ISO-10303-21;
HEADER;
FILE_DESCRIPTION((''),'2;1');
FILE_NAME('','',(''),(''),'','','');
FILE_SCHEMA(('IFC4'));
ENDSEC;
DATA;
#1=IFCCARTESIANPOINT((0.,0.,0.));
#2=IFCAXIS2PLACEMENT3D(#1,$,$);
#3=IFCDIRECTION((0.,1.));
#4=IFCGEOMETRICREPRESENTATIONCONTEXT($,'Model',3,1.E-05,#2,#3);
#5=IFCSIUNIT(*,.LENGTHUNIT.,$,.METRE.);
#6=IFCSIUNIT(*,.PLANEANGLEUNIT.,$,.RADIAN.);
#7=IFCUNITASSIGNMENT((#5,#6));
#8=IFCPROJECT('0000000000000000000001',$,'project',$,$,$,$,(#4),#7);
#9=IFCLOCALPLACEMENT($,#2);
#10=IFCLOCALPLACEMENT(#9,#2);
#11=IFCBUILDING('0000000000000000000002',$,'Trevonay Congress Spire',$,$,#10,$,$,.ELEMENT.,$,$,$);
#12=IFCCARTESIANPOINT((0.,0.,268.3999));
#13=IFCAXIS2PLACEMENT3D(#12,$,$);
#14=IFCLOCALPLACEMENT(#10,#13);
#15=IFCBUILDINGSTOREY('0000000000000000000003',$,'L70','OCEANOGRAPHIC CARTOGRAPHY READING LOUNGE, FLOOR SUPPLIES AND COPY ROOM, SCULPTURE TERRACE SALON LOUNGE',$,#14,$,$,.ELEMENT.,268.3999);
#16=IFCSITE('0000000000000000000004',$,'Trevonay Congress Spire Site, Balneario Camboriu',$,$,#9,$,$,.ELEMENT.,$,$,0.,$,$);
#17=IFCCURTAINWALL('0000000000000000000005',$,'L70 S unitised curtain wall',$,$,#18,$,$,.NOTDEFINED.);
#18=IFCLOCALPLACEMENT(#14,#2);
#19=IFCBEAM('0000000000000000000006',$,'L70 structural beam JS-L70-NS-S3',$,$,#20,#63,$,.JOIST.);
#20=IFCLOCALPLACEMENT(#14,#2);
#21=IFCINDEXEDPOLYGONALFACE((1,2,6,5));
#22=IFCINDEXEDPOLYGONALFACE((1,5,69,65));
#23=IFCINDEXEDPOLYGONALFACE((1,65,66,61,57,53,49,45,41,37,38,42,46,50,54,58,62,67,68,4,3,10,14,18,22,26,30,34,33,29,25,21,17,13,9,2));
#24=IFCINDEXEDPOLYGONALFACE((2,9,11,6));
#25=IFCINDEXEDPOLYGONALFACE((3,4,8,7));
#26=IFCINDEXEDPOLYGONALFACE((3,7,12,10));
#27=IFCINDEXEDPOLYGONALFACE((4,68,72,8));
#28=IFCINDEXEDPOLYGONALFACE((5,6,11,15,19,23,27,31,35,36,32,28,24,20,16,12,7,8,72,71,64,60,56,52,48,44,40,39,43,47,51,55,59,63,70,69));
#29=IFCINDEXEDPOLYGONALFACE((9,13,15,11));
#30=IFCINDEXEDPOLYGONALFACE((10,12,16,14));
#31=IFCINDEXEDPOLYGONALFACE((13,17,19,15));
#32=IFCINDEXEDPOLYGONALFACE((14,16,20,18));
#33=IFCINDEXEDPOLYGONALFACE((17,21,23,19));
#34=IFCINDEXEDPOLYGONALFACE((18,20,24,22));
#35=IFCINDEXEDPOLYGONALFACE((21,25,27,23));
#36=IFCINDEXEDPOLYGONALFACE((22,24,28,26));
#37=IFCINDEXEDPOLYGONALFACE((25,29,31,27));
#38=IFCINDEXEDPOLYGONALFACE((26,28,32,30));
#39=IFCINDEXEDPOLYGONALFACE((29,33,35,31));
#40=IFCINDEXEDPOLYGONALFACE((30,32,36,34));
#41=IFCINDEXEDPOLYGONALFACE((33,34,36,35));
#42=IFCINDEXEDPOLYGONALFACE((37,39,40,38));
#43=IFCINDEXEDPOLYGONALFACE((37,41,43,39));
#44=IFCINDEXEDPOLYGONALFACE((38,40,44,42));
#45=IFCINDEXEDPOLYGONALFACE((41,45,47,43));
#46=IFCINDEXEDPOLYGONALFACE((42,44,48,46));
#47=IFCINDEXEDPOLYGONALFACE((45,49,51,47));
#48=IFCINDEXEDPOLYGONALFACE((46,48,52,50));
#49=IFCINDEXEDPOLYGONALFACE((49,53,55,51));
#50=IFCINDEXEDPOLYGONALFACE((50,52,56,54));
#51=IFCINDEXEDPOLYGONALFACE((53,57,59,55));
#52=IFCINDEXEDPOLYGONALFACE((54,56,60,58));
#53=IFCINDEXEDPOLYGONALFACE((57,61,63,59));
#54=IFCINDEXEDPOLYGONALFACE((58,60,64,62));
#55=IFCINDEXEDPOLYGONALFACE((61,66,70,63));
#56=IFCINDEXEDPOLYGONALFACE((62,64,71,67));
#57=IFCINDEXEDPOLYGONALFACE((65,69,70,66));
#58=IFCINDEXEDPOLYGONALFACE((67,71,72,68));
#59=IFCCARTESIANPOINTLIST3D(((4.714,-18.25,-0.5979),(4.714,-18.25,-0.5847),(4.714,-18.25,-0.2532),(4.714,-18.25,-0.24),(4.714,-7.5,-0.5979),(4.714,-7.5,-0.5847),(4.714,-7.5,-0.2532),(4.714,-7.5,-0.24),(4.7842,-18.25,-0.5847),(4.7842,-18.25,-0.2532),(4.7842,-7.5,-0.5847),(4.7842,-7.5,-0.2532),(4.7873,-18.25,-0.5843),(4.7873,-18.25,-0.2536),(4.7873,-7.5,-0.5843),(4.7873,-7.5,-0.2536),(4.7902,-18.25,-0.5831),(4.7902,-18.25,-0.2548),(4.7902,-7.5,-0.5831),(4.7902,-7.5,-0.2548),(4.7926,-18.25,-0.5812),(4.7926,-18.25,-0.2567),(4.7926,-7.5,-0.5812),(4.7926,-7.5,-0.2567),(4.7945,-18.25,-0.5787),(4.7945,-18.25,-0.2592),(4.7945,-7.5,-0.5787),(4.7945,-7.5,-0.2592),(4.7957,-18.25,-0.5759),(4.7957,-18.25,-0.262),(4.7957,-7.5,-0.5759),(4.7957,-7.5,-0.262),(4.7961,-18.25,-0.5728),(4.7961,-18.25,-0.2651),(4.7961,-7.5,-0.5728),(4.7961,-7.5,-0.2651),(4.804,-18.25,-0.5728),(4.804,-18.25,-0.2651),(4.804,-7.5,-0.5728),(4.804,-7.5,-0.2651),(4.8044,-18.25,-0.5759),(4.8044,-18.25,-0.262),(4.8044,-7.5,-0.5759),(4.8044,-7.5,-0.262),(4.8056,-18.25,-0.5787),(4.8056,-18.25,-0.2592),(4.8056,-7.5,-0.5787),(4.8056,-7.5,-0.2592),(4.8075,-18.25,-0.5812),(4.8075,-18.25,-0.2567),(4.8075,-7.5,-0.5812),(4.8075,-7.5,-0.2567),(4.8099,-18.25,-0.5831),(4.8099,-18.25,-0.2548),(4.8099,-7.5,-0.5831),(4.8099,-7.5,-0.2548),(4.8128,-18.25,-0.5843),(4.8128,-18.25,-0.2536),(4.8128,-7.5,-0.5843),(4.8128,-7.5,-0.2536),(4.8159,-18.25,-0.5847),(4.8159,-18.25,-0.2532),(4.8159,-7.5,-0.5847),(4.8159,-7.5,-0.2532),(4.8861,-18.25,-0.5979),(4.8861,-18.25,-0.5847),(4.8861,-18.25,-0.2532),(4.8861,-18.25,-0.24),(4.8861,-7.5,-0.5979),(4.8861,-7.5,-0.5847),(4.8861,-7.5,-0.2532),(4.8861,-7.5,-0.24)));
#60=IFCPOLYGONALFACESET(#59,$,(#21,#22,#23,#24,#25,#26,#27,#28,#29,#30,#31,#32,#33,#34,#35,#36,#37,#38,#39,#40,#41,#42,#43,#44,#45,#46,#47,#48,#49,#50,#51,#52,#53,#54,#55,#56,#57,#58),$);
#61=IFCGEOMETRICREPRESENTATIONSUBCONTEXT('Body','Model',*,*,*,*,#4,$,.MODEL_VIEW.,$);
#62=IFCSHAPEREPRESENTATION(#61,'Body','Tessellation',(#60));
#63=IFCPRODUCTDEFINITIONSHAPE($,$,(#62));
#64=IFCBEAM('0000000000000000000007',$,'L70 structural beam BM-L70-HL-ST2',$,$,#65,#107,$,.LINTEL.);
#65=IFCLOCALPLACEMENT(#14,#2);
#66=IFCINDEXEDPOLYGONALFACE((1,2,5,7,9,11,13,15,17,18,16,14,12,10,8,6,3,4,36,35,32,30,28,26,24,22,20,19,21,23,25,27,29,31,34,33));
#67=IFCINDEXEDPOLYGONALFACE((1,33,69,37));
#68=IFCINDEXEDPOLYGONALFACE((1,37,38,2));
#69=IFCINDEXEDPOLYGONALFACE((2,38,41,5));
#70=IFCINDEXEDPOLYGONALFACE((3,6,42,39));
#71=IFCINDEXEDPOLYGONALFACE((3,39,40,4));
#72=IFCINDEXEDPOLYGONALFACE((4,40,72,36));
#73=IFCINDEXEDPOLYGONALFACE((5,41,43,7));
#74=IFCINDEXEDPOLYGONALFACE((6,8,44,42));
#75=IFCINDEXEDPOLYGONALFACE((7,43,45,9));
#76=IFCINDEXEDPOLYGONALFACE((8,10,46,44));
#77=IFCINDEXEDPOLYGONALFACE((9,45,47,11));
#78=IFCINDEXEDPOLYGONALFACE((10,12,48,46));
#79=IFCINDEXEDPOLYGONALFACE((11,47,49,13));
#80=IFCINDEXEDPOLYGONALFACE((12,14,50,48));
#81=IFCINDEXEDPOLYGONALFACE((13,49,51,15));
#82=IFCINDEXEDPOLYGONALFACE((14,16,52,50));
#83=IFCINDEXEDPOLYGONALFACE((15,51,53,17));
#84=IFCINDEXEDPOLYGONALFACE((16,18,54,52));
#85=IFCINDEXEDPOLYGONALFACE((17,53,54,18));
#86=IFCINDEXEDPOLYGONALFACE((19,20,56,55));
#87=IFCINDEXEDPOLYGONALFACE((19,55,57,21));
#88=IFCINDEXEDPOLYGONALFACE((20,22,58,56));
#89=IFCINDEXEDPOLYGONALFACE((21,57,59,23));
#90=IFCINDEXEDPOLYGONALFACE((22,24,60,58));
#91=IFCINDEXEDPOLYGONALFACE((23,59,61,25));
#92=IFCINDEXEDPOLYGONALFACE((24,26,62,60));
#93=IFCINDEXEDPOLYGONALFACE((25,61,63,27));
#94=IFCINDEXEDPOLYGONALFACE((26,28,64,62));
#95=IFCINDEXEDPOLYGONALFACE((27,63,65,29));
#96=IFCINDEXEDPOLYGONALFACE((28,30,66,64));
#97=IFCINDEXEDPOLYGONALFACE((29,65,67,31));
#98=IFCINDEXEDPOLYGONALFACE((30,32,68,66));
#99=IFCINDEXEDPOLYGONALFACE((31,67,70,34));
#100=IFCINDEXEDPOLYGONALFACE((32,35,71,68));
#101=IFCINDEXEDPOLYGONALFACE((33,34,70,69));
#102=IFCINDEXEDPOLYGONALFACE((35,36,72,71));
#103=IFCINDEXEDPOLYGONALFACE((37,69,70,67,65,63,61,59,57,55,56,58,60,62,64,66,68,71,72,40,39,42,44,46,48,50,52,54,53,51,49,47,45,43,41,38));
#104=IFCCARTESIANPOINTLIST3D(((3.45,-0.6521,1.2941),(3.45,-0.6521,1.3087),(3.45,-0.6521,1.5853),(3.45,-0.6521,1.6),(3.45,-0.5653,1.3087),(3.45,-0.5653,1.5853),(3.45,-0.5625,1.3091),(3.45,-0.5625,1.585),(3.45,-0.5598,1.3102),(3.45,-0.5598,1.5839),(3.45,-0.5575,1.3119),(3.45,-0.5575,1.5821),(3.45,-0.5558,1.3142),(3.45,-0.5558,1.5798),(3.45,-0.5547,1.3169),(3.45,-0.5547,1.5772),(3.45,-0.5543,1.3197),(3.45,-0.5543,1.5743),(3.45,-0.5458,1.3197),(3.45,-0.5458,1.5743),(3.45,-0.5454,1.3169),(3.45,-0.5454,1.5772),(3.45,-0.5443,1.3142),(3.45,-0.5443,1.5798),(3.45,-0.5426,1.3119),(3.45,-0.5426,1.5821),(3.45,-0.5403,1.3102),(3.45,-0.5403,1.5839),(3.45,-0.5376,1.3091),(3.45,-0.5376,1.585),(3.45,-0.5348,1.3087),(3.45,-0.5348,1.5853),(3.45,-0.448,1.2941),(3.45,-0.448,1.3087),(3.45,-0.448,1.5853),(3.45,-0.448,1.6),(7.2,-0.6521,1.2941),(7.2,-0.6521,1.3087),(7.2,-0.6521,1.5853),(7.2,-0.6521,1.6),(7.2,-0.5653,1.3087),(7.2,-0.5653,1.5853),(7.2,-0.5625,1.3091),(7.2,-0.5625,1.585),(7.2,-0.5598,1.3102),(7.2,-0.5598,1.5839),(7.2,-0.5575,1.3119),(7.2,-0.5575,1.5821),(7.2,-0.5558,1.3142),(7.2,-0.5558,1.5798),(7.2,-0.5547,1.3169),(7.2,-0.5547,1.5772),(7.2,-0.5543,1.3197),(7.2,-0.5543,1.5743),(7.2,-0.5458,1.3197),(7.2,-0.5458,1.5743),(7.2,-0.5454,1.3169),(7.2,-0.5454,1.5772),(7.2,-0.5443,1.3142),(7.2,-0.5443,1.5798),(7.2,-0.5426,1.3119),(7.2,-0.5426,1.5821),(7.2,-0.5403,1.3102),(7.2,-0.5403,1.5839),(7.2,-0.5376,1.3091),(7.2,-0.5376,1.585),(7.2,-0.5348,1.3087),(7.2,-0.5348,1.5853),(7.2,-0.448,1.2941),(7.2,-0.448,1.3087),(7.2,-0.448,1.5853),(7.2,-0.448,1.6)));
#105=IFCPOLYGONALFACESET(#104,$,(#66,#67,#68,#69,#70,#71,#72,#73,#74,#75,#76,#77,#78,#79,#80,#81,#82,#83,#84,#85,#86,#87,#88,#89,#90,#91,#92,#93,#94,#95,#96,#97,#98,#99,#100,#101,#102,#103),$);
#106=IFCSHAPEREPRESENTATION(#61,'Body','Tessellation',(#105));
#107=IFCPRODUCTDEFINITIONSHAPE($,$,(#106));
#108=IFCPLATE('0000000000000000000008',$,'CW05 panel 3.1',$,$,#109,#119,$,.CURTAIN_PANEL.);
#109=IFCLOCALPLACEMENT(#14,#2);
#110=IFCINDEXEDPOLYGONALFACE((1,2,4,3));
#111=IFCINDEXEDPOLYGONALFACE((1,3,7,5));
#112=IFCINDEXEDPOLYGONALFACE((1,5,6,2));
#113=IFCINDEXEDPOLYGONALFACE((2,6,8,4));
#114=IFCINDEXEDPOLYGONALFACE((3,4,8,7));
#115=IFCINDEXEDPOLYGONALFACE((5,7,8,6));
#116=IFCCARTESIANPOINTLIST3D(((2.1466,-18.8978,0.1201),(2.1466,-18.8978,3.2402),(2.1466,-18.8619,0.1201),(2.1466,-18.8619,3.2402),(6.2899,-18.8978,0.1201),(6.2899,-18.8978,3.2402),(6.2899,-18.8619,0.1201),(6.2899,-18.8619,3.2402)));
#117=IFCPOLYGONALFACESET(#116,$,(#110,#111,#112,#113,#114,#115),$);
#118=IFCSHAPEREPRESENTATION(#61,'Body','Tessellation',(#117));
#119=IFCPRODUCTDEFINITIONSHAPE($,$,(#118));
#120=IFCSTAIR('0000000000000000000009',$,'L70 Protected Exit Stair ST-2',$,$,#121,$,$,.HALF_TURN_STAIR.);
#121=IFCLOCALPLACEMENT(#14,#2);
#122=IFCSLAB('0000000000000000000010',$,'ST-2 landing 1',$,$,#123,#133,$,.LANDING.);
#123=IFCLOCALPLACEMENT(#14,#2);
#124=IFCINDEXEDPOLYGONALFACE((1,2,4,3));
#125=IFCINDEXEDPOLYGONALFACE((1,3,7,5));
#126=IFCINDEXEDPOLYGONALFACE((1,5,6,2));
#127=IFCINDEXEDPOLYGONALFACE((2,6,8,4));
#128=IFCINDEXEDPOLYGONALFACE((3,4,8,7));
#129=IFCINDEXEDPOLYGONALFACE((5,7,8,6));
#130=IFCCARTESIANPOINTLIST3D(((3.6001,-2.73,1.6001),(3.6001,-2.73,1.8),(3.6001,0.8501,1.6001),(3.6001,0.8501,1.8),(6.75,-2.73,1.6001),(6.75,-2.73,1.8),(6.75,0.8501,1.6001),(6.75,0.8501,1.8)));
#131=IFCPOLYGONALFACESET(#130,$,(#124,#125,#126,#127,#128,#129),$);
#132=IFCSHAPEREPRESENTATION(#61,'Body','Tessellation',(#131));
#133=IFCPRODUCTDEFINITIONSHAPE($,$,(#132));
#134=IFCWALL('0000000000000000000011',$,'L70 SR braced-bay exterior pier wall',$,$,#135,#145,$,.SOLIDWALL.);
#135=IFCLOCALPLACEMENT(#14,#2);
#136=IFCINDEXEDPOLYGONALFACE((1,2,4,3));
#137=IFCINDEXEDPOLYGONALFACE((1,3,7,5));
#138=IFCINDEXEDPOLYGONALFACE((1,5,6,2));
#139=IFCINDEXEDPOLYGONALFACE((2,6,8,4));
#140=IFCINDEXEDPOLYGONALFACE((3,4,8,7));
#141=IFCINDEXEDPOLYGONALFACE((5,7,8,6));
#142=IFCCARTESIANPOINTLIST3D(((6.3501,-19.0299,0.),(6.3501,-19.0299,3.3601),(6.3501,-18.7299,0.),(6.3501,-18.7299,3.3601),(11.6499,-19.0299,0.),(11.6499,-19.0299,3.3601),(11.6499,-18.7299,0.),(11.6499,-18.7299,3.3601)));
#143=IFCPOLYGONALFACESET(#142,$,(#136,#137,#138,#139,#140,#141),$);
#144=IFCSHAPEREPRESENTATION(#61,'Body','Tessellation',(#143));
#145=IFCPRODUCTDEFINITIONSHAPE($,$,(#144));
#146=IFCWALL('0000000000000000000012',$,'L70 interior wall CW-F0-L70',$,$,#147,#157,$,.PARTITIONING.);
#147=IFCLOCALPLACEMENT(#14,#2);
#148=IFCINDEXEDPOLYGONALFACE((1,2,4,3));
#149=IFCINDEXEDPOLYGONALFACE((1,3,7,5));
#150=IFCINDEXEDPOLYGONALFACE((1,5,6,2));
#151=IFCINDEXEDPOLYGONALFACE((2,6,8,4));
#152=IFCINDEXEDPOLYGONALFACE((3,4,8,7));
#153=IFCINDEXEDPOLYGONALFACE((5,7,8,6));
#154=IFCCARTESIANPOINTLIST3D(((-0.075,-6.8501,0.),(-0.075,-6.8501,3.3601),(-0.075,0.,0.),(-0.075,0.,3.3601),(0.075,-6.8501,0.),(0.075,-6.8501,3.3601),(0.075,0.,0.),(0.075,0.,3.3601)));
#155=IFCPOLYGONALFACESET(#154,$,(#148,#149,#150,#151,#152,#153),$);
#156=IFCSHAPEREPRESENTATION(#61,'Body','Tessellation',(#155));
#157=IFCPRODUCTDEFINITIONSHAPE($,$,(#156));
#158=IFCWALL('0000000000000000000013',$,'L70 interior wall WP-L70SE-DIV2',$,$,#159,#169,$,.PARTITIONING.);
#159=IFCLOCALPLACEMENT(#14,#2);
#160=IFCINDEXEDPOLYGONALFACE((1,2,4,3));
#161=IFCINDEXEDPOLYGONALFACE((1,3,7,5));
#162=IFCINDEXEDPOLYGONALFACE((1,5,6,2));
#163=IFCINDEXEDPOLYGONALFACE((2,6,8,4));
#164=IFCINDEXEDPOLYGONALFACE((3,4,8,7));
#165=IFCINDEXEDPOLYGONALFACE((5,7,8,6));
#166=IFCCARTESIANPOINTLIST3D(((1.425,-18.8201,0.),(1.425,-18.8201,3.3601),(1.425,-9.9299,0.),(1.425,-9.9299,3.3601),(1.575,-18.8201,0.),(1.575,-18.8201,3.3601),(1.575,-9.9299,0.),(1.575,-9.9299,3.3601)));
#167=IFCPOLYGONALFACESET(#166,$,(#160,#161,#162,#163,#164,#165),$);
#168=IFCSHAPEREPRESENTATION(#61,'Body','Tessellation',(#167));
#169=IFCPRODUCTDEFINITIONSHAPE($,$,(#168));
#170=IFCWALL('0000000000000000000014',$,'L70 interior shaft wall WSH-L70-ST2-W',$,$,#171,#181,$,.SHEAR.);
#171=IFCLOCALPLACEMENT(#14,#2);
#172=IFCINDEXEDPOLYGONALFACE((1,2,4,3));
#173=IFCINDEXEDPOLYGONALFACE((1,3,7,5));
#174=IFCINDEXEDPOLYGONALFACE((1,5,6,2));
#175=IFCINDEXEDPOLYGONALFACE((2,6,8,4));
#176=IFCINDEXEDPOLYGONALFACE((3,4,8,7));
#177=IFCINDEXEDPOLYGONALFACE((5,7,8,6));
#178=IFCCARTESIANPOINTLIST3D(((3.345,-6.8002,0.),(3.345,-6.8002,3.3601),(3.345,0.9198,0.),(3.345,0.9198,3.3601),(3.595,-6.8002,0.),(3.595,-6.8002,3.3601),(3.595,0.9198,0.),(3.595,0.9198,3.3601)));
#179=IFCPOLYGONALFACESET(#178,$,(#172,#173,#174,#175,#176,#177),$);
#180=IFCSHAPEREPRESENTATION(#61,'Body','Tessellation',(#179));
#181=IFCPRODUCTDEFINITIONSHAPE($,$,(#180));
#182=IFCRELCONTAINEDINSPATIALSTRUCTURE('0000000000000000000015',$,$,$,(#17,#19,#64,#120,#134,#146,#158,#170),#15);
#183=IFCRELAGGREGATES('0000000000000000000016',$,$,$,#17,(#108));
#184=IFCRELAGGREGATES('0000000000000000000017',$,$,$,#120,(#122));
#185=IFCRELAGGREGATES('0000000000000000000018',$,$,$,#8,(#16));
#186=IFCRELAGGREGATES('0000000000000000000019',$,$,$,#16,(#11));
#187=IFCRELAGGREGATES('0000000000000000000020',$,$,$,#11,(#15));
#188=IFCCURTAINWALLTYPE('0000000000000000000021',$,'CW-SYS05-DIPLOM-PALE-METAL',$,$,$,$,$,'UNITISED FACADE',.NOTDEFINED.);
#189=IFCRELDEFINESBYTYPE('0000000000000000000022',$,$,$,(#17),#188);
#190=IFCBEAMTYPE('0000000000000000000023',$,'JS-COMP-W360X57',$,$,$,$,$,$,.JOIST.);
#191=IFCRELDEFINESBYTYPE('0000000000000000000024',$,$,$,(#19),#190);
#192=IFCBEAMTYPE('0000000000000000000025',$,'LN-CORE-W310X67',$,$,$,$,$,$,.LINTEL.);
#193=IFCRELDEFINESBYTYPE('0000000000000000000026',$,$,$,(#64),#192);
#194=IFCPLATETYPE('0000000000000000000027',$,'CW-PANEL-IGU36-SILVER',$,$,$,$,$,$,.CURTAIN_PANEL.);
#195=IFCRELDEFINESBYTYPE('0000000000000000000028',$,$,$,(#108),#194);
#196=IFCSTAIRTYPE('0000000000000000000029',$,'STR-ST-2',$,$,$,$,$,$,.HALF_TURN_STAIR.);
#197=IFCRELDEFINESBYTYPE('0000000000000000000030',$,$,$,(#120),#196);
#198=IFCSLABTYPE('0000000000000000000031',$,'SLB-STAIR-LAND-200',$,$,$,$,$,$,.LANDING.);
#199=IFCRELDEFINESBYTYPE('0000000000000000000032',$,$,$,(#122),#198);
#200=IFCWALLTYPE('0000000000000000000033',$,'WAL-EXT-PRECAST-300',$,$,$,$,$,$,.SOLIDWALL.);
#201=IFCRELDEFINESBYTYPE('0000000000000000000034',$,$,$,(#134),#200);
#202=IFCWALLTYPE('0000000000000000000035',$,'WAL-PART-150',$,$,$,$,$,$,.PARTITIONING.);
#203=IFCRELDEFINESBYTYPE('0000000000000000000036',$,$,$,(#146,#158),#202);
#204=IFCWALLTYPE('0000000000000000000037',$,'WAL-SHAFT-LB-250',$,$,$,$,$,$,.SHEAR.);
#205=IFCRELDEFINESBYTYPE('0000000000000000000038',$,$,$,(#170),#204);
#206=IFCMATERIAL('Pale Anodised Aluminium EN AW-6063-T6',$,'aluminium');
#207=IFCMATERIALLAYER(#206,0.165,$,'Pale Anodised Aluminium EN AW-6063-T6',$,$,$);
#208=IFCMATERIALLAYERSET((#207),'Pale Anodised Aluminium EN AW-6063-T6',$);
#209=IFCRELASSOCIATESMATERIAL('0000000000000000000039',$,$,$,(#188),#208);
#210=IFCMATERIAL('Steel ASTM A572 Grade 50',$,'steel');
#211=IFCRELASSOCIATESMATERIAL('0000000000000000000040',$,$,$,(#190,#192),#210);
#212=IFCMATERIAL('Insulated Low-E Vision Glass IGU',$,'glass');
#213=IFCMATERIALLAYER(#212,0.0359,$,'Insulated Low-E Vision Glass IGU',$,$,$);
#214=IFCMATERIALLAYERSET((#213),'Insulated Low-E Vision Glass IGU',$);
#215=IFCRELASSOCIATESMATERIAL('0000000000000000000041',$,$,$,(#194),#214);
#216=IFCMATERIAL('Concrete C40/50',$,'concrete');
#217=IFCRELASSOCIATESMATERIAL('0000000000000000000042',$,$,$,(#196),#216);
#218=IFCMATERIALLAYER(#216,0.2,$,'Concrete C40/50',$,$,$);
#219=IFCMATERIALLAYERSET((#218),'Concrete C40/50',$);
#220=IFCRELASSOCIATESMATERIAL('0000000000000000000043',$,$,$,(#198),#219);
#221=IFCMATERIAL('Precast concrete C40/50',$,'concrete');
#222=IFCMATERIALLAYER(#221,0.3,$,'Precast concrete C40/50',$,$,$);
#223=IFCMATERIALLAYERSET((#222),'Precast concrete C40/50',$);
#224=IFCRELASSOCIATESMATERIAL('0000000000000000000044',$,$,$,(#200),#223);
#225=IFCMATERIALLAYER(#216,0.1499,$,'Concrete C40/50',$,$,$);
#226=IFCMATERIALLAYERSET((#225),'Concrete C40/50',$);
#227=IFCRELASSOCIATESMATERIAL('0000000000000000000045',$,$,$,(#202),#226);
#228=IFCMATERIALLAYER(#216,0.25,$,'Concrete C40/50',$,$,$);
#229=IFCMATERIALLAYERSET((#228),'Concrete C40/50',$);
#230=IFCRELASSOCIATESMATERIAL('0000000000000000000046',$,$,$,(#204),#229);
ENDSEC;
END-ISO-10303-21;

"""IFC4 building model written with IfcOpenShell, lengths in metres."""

from ifc_helpers import new_model, si_unit, direction, frame, frame_2d, origin, origin_2d, place, context, subcontext, project, spatial, polyline, rectangle, i_section, outline, extrude, material, layer, layer_set, material_profile, profile_set, type_object, element, aggregate, save


model = new_model("IFC4")

# Units and contexts
model_context = context("Model", 3, precision=1e-05, world=origin(), true_north=direction((0.0, 1.0)))
body_context = subcontext(model_context, "Body", "Model", "MODEL_VIEW")
ifc_project = project(units=[si_unit("LENGTHUNIT", "METRE"), si_unit("PLANEANGLEUNIT", "RADIAN")], contexts=[model_context])

# Site, building, storey
site_placement = place(None, origin())
site = spatial("IfcSite", under=ifc_project, at=site_placement, Name="Trevonay Congress Spire Site, Balneario Camboriu", CompositionType="ELEMENT", RefElevation=0.0)
building_placement = place(site_placement, origin())
building = spatial("IfcBuilding", under=site, at=building_placement, Name="Trevonay Congress Spire", CompositionType="ELEMENT")
storey_placement = place(building_placement, frame((0.0, 0.0, 268.3999)))
storey = spatial("IfcBuildingStorey", under=building, at=storey_placement, Name="L70", Description="OCEANOGRAPHIC CARTOGRAPHY READING LOUNGE, FLOOR SUPPLIES AND COPY ROOM, SCULPTURE TERRACE SALON LOUNGE", CompositionType="ELEMENT", Elevation=268.3999)

# Shared definitions
ifc_material_1 = material(Name="Steel ASTM A572 Grade 50", Category="steel")

# Curtain wall
ifc_material_2 = material(Name="Pale Anodised Aluminium EN AW-6063-T6", Category="aluminium")
ifc_layer_1 = layer(ifc_material_2, 0.165, Name="Pale Anodised Aluminium EN AW-6063-T6")
ifc_layer_set_1 = layer_set([ifc_layer_1], Name="Pale Anodised Aluminium EN AW-6063-T6")
curtain_wall_type = type_object("IfcCurtainWallType", Name="CW-SYS05-DIPLOM-PALE-METAL", ElementType="UNITISED FACADE", PredefinedType="NOTDEFINED", material=ifc_layer_set_1)
curtain_wall_placement = place(storey_placement, origin())
curtain_wall = element("IfcCurtainWall", 1, at=curtain_wall_placement, inside=storey, type_object=curtain_wall_type, Name="L70 S unitised curtain wall", PredefinedType="NOTDEFINED")

# Beams
ifc_material_profile_1 = material_profile(ifc_material_1, i_section(OverallWidth=0.1721, OverallDepth=0.3579, WebThickness=0.0078, FlangeThickness=0.0132, FilletRadius=0.012, at=origin_2d()), Name="W360x57.8")
ifc_profile_set_1 = profile_set([ifc_material_profile_1], Name="Steel ASTM A572 Grade 50")
beam_type_1 = type_object("IfcBeamType", Name="JS-COMP-W360X57", PredefinedType="JOIST", material=ifc_profile_set_1)
beam_1_placement = place(storey_placement, frame((4.8, -18.25, -0.4189), z_axis=(0.0, 1.0, 0.0), x_axis=(-1.0, 0.0, 0.0)))
element("IfcBeam", 2, at=beam_1_placement, inside=storey, type_object=beam_type_1, Name="L70 structural beam JS-L70-NS-S3", PredefinedType="JOIST", context=body_context, shape_type="SweptSolid", body=[
    extrude(i_section(OverallWidth=0.1721, OverallDepth=0.3579, WebThickness=0.0078, FlangeThickness=0.0132, FilletRadius=0.012, at=origin_2d()), origin(), (0.0, 0.0, 1.0), 10.75),
])
ifc_material_profile_2 = material_profile(ifc_material_1, i_section(OverallWidth=0.2041, OverallDepth=0.3059, WebThickness=0.0085, FlangeThickness=0.0146, FilletRadius=0.011, at=origin_2d()), Name="W310x67")
ifc_profile_set_2 = profile_set([ifc_material_profile_2], Name="Steel ASTM A572 Grade 50")
beam_type_2 = type_object("IfcBeamType", Name="LN-CORE-W310X67", PredefinedType="LINTEL", material=ifc_profile_set_2)
beam_2_placement = place(storey_placement, frame((3.45, -0.55, 1.447), z_axis=(1.0, 0.0, 0.0), x_axis=(0.0, 1.0, 0.0)))
element("IfcBeam", 3, at=beam_2_placement, inside=storey, type_object=beam_type_2, Name="L70 structural beam BM-L70-HL-ST2", PredefinedType="LINTEL", context=body_context, shape_type="SweptSolid", body=[
    extrude(i_section(OverallWidth=0.2041, OverallDepth=0.3059, WebThickness=0.0085, FlangeThickness=0.0146, FilletRadius=0.011, at=origin_2d()), origin(), (0.0, 0.0, 1.0), 3.75),
])

# Plate
ifc_material_3 = material(Name="Insulated Low-E Vision Glass IGU", Category="glass")
ifc_layer_2 = layer(ifc_material_3, 0.0359, Name="Insulated Low-E Vision Glass IGU")
ifc_layer_set_2 = layer_set([ifc_layer_2], Name="Insulated Low-E Vision Glass IGU")
plate_type = type_object("IfcPlateType", Name="CW-PANEL-IGU36-SILVER", PredefinedType="CURTAIN_PANEL", material=ifc_layer_set_2)
plate_placement = place(storey_placement, frame((4.2183, -18.8799, 0.1201), z_axis=(0.0, 0.0, 1.0), x_axis=(1.0, 0.0, 0.0)))
plate = element("IfcPlate", 4, at=plate_placement, type_object=plate_type, Name="CW05 panel 3.1", PredefinedType="CURTAIN_PANEL", context=body_context, shape_type="SweptSolid", body=[
    extrude(rectangle(XDim=4.1433, YDim=0.0359, at=origin_2d()), origin(), (0.0, 0.0, 1.0), 3.1201),
])
aggregate(curtain_wall, [plate])

# Stair, slab
ifc_material_4 = material(Name="Concrete C40/50", Category="concrete")
stair_type = type_object("IfcStairType", Name="STR-ST-2", PredefinedType="HALF_TURN_STAIR", material=ifc_material_4)
stair_placement = place(storey_placement, origin())
stair = element("IfcStair", 5, at=stair_placement, inside=storey, type_object=stair_type, Name="L70 Protected Exit Stair ST-2", PredefinedType="HALF_TURN_STAIR")
ifc_layer_3 = layer(ifc_material_4, 0.2, Name="Concrete C40/50")
ifc_layer_set_3 = layer_set([ifc_layer_3], Name="Concrete C40/50")
slab_type = type_object("IfcSlabType", Name="SLB-STAIR-LAND-200", PredefinedType="LANDING", material=ifc_layer_set_3)
slab_placement = place(storey_placement, frame((0.0, 0.0, 1.6001)))
slab = element("IfcSlab", 6, at=slab_placement, type_object=slab_type, Name="ST-2 landing 1", PredefinedType="LANDING", context=body_context, shape_type="SweptSolid", body=[
    extrude(outline(polyline([(6.75, -2.73), (6.75, 0.8501), (3.6001, 0.8501), (3.6001, -2.73), (6.75, -2.73)])), origin(), (0.0, 0.0, 1.0), 0.2),
])

# Walls
ifc_material_5 = material(Name="Precast concrete C40/50", Category="concrete")
ifc_layer_4 = layer(ifc_material_5, 0.3, Name="Precast concrete C40/50")
ifc_layer_set_4 = layer_set([ifc_layer_4], Name="Precast concrete C40/50")
wall_type_1 = type_object("IfcWallType", Name="WAL-EXT-PRECAST-300", PredefinedType="SOLIDWALL", material=ifc_layer_set_4)
wall_1_placement = place(storey_placement, frame((6.3501, -18.8799, 0.0), z_axis=(0.0, 0.0, 1.0), x_axis=(1.0, 0.0, 0.0)))
element("IfcWall", 7, at=wall_1_placement, inside=storey, type_object=wall_type_1, Name="L70 SR braced-bay exterior pier wall", PredefinedType="SOLIDWALL", context=body_context, shape_type="SweptSolid", body=[
    extrude(rectangle(XDim=5.2998, YDim=0.3, at=frame_2d((2.6499, 0.0))), origin(), (0.0, 0.0, 1.0), 3.3601),
])
ifc_layer_5 = layer(ifc_material_4, 0.1499, Name="Concrete C40/50")
ifc_layer_set_5 = layer_set([ifc_layer_5], Name="Concrete C40/50")
wall_type_2 = type_object("IfcWallType", Name="WAL-PART-150", PredefinedType="PARTITIONING", material=ifc_layer_set_5)
wall_2_placement = place(storey_placement, frame((0.0, -6.8501, 0.0), z_axis=(0.0, 0.0, 1.0), x_axis=(0.0, 1.0, 0.0)))
element("IfcWall", 8, at=wall_2_placement, inside=storey, type_object=wall_type_2, Name="L70 interior wall CW-F0-L70", PredefinedType="PARTITIONING", context=body_context, shape_type="SweptSolid", body=[
    extrude(rectangle(XDim=6.8501, YDim=0.1499, at=frame_2d((3.425, 0.0))), origin(), (0.0, 0.0, 1.0), 3.3601),
])
wall_3_placement = place(storey_placement, frame((1.5, -18.8201, 0.0), z_axis=(0.0, 0.0, 1.0), x_axis=(0.0, 1.0, 0.0)))
element("IfcWall", 9, at=wall_3_placement, inside=storey, type_object=wall_type_2, Name="L70 interior wall WP-L70SE-DIV2", PredefinedType="PARTITIONING", context=body_context, shape_type="SweptSolid", body=[
    extrude(rectangle(XDim=8.8901, YDim=0.1499, at=frame_2d((4.4451, 0.0))), origin(), (0.0, 0.0, 1.0), 3.3601),
])
ifc_layer_6 = layer(ifc_material_4, 0.25, Name="Concrete C40/50")
ifc_layer_set_6 = layer_set([ifc_layer_6], Name="Concrete C40/50")
wall_type_3 = type_object("IfcWallType", Name="WAL-SHAFT-LB-250", PredefinedType="SHEAR", material=ifc_layer_set_6)
wall_4_placement = place(storey_placement, frame((3.47, -6.8, 0.0), z_axis=(0.0, 0.0, 1.0), x_axis=(0.0, 1.0, 0.0)))
element("IfcWall", 10, at=wall_4_placement, inside=storey, type_object=wall_type_3, Name="L70 interior shaft wall WSH-L70-ST2-W", PredefinedType="SHEAR", context=body_context, shape_type="SweptSolid", body=[
    extrude(rectangle(XDim=7.72, YDim=0.25, at=frame_2d((3.8599, 0.0))), origin(), (0.0, 0.0, 1.0), 3.3601),
])

aggregate(stair, [slab])

save(model, "model.ifc")
